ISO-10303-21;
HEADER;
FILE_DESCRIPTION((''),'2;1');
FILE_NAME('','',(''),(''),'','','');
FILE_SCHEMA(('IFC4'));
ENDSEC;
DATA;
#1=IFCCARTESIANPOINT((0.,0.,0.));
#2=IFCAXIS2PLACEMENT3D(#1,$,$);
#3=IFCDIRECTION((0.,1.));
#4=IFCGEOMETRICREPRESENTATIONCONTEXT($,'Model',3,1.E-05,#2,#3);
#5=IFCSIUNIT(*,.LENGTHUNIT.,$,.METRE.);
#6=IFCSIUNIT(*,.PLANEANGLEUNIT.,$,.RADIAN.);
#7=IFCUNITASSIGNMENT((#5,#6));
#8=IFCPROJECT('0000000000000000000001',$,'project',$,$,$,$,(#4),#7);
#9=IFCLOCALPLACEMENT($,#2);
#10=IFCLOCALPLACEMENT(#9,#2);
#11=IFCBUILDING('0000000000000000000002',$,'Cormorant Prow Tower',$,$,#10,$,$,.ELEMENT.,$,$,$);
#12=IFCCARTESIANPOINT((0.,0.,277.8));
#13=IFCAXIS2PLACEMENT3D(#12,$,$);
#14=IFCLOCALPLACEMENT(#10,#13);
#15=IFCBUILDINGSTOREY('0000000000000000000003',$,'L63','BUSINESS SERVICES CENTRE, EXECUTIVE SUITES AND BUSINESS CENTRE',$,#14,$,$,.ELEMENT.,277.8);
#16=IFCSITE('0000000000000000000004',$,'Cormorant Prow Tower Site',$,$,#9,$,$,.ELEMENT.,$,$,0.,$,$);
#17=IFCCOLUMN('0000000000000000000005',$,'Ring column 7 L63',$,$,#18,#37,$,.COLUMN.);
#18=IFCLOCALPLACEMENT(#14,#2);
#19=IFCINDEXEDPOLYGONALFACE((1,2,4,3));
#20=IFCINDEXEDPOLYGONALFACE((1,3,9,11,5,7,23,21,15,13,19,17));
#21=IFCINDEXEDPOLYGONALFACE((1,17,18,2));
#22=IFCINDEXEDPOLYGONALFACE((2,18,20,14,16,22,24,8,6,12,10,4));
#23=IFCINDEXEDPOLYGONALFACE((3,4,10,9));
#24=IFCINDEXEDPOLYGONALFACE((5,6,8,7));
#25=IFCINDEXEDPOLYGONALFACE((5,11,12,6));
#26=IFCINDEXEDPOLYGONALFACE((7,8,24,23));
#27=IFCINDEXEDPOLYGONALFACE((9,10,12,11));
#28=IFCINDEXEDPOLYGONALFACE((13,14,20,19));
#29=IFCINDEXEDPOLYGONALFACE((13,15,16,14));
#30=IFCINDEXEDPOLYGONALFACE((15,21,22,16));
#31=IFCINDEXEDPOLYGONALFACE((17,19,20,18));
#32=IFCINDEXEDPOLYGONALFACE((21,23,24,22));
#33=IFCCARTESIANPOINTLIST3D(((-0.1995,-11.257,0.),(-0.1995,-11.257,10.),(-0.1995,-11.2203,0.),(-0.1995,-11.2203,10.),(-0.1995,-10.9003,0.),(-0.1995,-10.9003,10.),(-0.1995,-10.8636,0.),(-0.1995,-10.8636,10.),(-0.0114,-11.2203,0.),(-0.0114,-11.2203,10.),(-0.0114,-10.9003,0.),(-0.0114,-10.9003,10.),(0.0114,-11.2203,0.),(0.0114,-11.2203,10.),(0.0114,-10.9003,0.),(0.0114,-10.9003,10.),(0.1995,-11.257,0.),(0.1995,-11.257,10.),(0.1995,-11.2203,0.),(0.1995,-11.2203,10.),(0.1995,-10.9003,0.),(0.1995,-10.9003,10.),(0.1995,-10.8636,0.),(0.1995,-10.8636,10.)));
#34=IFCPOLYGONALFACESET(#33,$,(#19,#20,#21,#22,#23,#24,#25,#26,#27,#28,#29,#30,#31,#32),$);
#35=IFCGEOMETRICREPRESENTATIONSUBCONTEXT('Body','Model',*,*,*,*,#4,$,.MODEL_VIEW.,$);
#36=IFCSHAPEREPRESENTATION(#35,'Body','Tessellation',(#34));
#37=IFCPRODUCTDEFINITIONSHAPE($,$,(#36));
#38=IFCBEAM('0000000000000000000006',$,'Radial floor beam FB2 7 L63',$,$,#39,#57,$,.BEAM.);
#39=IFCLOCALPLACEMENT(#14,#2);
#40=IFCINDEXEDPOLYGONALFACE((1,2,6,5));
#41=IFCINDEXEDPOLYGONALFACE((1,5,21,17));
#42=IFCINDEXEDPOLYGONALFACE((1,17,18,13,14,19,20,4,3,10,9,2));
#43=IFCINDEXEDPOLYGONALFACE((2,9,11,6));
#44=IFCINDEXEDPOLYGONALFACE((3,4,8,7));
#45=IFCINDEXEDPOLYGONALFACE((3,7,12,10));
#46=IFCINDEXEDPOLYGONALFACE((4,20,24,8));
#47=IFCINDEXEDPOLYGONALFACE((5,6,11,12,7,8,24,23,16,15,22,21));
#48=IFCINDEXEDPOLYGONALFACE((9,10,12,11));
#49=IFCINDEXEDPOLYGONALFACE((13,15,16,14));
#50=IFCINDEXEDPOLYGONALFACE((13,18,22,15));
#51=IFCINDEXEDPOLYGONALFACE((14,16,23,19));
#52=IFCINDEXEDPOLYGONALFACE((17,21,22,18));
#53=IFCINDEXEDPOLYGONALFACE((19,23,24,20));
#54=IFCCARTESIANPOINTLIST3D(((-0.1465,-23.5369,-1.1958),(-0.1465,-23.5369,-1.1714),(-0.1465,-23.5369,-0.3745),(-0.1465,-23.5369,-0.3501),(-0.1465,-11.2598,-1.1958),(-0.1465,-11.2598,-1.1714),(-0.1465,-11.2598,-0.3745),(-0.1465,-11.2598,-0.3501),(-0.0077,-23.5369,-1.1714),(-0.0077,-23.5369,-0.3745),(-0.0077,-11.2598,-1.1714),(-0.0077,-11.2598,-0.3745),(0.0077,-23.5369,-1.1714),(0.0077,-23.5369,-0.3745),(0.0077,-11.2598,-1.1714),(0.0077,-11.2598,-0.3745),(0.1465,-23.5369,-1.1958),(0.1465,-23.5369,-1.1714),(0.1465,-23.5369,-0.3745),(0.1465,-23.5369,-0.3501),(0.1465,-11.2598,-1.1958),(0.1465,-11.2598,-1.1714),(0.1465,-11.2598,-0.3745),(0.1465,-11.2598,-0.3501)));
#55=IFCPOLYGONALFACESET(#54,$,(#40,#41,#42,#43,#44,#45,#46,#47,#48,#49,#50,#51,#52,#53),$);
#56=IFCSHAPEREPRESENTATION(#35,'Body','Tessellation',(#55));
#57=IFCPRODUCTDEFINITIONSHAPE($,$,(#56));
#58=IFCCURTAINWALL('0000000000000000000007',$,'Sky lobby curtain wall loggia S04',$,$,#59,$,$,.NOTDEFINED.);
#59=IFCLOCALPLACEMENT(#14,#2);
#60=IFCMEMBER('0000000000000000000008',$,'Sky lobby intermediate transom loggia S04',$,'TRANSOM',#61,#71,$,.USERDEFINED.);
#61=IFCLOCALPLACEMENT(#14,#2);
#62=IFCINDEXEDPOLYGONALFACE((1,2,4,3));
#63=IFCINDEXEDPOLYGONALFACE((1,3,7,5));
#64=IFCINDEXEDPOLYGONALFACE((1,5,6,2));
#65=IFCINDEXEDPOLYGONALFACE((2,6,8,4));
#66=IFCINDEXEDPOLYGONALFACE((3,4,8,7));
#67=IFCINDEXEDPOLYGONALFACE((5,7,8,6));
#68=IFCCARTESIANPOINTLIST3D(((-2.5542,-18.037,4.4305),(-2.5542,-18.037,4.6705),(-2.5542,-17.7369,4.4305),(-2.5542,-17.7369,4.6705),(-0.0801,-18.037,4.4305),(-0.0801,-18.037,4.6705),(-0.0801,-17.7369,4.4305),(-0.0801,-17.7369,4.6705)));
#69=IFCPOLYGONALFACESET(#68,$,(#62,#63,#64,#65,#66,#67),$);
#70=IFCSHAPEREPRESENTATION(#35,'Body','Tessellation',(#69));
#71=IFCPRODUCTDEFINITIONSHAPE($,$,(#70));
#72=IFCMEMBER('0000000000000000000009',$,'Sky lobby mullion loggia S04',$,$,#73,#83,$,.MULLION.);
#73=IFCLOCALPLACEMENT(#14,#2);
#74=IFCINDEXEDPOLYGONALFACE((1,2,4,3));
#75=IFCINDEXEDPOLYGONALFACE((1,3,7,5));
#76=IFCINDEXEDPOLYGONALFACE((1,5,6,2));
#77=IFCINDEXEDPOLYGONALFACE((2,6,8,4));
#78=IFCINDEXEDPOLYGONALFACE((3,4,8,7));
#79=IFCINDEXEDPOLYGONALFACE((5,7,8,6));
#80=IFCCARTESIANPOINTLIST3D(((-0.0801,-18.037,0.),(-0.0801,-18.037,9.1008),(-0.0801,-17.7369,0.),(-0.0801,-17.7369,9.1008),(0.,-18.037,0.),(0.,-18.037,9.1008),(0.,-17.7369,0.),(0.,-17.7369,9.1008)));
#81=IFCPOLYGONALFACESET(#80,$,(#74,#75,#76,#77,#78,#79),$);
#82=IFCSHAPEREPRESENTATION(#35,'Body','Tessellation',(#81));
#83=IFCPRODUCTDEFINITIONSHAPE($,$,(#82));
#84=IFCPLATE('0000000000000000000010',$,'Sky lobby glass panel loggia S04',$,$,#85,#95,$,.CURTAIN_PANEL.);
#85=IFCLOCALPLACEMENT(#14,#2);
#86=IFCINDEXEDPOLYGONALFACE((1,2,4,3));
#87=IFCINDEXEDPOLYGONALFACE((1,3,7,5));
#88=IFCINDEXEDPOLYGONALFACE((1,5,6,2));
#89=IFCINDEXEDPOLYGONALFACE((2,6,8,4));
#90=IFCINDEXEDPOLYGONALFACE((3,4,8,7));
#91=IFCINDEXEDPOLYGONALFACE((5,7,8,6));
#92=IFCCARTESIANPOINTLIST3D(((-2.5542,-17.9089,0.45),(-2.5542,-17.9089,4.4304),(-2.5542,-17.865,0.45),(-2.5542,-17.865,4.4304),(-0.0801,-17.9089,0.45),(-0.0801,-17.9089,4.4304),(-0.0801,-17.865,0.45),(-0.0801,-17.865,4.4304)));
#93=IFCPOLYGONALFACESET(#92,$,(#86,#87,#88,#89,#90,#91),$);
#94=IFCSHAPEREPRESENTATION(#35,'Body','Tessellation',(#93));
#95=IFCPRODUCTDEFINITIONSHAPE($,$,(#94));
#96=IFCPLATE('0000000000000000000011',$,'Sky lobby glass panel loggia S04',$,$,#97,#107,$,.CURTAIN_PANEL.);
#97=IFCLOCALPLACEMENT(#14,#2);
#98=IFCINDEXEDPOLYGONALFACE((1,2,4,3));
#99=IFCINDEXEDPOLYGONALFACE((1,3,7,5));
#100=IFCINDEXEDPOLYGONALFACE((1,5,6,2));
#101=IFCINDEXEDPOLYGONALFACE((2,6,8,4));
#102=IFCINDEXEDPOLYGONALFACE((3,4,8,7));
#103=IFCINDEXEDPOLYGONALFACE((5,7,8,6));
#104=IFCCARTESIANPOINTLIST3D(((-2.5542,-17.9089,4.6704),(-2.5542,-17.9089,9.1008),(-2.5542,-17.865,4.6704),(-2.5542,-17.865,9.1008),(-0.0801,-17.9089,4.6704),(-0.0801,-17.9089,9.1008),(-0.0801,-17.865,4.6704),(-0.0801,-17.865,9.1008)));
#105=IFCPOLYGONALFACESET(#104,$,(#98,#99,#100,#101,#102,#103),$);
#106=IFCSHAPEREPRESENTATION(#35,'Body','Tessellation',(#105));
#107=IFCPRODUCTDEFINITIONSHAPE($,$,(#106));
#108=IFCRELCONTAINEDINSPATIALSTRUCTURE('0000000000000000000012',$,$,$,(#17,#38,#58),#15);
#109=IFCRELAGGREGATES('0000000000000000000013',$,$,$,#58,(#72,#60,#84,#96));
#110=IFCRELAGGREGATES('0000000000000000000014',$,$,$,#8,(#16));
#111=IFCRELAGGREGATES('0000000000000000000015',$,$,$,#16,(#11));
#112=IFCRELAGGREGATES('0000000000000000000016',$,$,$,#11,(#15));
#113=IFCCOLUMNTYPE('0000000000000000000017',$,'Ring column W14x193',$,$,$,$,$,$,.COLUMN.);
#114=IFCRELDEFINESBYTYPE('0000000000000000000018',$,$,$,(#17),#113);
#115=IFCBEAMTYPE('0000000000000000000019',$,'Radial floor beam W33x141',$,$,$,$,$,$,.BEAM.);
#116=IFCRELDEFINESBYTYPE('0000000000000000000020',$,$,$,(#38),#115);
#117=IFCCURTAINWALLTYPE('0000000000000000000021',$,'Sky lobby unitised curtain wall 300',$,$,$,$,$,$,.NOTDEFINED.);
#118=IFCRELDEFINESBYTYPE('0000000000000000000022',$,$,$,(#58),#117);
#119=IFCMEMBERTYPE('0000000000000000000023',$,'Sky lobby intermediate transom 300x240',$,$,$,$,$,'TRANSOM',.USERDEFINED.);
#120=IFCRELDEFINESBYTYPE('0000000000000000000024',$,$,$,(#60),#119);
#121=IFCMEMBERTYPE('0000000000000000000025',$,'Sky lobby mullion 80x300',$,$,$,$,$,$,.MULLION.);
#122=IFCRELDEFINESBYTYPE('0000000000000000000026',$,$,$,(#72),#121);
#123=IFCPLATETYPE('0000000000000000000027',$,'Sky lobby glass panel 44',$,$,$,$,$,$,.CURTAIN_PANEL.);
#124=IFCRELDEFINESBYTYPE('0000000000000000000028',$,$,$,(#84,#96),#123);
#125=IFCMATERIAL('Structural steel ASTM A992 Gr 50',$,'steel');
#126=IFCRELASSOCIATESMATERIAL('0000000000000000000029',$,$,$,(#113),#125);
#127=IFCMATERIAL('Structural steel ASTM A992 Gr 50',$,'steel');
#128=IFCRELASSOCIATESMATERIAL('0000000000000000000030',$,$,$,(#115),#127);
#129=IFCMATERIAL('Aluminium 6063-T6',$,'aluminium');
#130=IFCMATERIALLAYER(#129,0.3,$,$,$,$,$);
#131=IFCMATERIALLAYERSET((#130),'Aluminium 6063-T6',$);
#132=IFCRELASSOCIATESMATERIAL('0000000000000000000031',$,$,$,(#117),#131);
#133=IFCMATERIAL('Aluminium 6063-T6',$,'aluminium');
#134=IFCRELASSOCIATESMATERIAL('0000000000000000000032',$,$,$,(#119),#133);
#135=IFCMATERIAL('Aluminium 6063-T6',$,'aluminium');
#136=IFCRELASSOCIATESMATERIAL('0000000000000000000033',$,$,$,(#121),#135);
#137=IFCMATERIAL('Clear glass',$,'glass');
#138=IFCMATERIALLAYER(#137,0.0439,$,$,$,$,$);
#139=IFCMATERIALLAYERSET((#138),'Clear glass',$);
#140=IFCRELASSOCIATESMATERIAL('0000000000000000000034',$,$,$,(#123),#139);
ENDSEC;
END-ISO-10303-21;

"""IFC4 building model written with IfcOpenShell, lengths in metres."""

from ifc_helpers import new_model, si_unit, direction, frame, origin, origin_2d, place, context, subcontext, project, spatial, rectangle, i_section, extrude, material, layer, layer_set, material_profile, profile_set, type_object, element, aggregate, save


model = new_model("IFC4")

# Units and contexts
model_context = context("Model", 3, precision=1e-05, world=origin(), true_north=direction((0.0, 1.0)))
body_context = subcontext(model_context, "Body", "Model", "MODEL_VIEW")
ifc_project = project(units=[si_unit("LENGTHUNIT", "METRE"), si_unit("PLANEANGLEUNIT", "RADIAN")], contexts=[model_context])

# Site, building, storey
site_placement = place(None, origin())
site = spatial("IfcSite", under=ifc_project, at=site_placement, Name="Cormorant Prow Tower Site", CompositionType="ELEMENT", RefElevation=0.0)
building_placement = place(site_placement, origin())
building = spatial("IfcBuilding", under=site, at=building_placement, Name="Cormorant Prow Tower", CompositionType="ELEMENT")
storey_placement = place(building_placement, frame((0.0, 0.0, 277.8)))
storey = spatial("IfcBuildingStorey", under=building, at=storey_placement, Name="L63", Description="BUSINESS SERVICES CENTRE, EXECUTIVE SUITES AND BUSINESS CENTRE", CompositionType="ELEMENT", Elevation=277.8)

# Column
ifc_material_1 = material(Name="Structural steel ASTM A992 Gr 50", Category="steel")
ifc_material_profile_1 = material_profile(ifc_material_1, i_section(OverallWidth=0.3989, OverallDepth=0.3933, WebThickness=0.0227, FlangeThickness=0.0366, at=origin_2d()), Name="W14x193")
ifc_profile_set_1 = profile_set([ifc_material_profile_1], Name="Structural steel ASTM A992 Gr 50")
column_type = type_object("IfcColumnType", Name="Ring column W14x193", PredefinedType="COLUMN", material=ifc_profile_set_1)
column_placement = place(storey_placement, frame((0.0, -11.0603, 0.0), z_axis=(0.0, 0.0, 1.0), x_axis=(1.0, 0.0, 0.0)))
element("IfcColumn", 1, at=column_placement, inside=storey, type_object=column_type, Name="Ring column 7 L63", PredefinedType="COLUMN", context=body_context, shape_type="SweptSolid", body=[
    extrude(i_section(OverallWidth=0.3989, OverallDepth=0.3933, WebThickness=0.0227, FlangeThickness=0.0366, at=origin_2d()), origin(), (0.0, 0.0, 1.0), 10.0),
])

# Beam
ifc_material_2 = material(Name="Structural steel ASTM A992 Gr 50", Category="steel")
ifc_material_profile_2 = material_profile(ifc_material_2, i_section(OverallWidth=0.293, OverallDepth=0.8457, WebThickness=0.0154, FlangeThickness=0.0244, at=origin_2d()), Name="W33x141")
ifc_profile_set_2 = profile_set([ifc_material_profile_2], Name="Structural steel ASTM A992 Gr 50")
beam_type = type_object("IfcBeamType", Name="Radial floor beam W33x141", PredefinedType="BEAM", material=ifc_profile_set_2)
beam_placement = place(storey_placement, frame((0.0, -11.2598, -0.7729), z_axis=(0.0, -1.0, 0.0), x_axis=(1.0, 0.0, 0.0)))
element("IfcBeam", 2, at=beam_placement, inside=storey, type_object=beam_type, Name="Radial floor beam FB2 7 L63", PredefinedType="BEAM", context=body_context, shape_type="SweptSolid", body=[
    extrude(i_section(OverallWidth=0.293, OverallDepth=0.8457, WebThickness=0.0154, FlangeThickness=0.0244, at=origin_2d()), origin(), (0.0, 0.0, 1.0), 12.2771),
])

# Curtain wall, members, plates
ifc_material_3 = material(Name="Aluminium 6063-T6", Category="aluminium")
ifc_layer_1 = layer(ifc_material_3, 0.3)
ifc_layer_set_1 = layer_set([ifc_layer_1], Name="Aluminium 6063-T6")
curtain_wall_type = type_object("IfcCurtainWallType", Name="Sky lobby unitised curtain wall 300", PredefinedType="NOTDEFINED", material=ifc_layer_set_1)
curtain_wall_placement = place(storey_placement, origin())
curtain_wall = element("IfcCurtainWall", 3, at=curtain_wall_placement, inside=storey, type_object=curtain_wall_type, Name="Sky lobby curtain wall loggia S04", PredefinedType="NOTDEFINED")
ifc_material_4 = material(Name="Aluminium 6063-T6", Category="aluminium")
ifc_material_profile_3 = material_profile(ifc_material_4, rectangle(XDim=0.3, YDim=0.24, at=origin_2d()), Name="Sky lobby intermediate transom 300x240")
ifc_profile_set_3 = profile_set([ifc_material_profile_3], Name="Aluminium 6063-T6")
member_type_1 = type_object("IfcMemberType", Name="Sky lobby intermediate transom 300x240", ElementType="TRANSOM", PredefinedType="USERDEFINED", material=ifc_profile_set_3)
member_1_placement = place(storey_placement, frame((-2.5542, -17.887, 4.5505), z_axis=(1.0, 0.0, 0.0), x_axis=(0.0, 1.0, 0.0)))
member_1 = element("IfcMember", 4, at=member_1_placement, type_object=member_type_1, Name="Sky lobby intermediate transom loggia S04", ObjectType="TRANSOM", PredefinedType="USERDEFINED", context=body_context, shape_type="SweptSolid", body=[
    extrude(rectangle(XDim=0.3, YDim=0.24, at=origin_2d()), origin(), (0.0, 0.0, 1.0), 2.4741),
])
ifc_material_5 = material(Name="Aluminium 6063-T6", Category="aluminium")
ifc_material_profile_4 = material_profile(ifc_material_5, rectangle(XDim=0.3, YDim=0.0801, at=origin_2d()), Name="Sky lobby mullion 80x300")
ifc_profile_set_4 = profile_set([ifc_material_profile_4], Name="Aluminium 6063-T6")
member_type_2 = type_object("IfcMemberType", Name="Sky lobby mullion 80x300", PredefinedType="MULLION", material=ifc_profile_set_4)
member_2_placement = place(storey_placement, frame((-0.04, -17.887, 0.0), z_axis=(0.0, 0.0, 1.0), x_axis=(0.0, 1.0, 0.0)))
member_2 = element("IfcMember", 5, at=member_2_placement, type_object=member_type_2, Name="Sky lobby mullion loggia S04", PredefinedType="MULLION", context=body_context, shape_type="SweptSolid", body=[
    extrude(rectangle(XDim=0.3, YDim=0.0801, at=origin_2d()), origin(), (0.0, 0.0, 1.0), 9.1008),
])
ifc_material_6 = material(Name="Clear glass", Category="glass")
ifc_layer_2 = layer(ifc_material_6, 0.0439)
ifc_layer_set_2 = layer_set([ifc_layer_2], Name="Clear glass")
plate_type = type_object("IfcPlateType", Name="Sky lobby glass panel 44", PredefinedType="CURTAIN_PANEL", material=ifc_layer_set_2)
plate_1_placement = place(storey_placement, frame((-1.3171, -17.887, 0.45), z_axis=(0.0, 0.0, 1.0), x_axis=(1.0, 0.0, 0.0)))
plate_1 = element("IfcPlate", 6, at=plate_1_placement, type_object=plate_type, Name="Sky lobby glass panel loggia S04", PredefinedType="CURTAIN_PANEL", context=body_context, shape_type="SweptSolid", body=[
    extrude(rectangle(XDim=2.4741, YDim=0.0439, at=origin_2d()), origin(), (0.0, 0.0, 1.0), 3.9805),
])
plate_2_placement = place(storey_placement, frame((-1.3171, -17.887, 4.6704), z_axis=(0.0, 0.0, 1.0), x_axis=(1.0, 0.0, 0.0)))
plate_2 = element("IfcPlate", 7, at=plate_2_placement, type_object=plate_type, Name="Sky lobby glass panel loggia S04", PredefinedType="CURTAIN_PANEL", context=body_context, shape_type="SweptSolid", body=[
    extrude(rectangle(XDim=2.4741, YDim=0.0439, at=origin_2d()), origin(), (0.0, 0.0, 1.0), 4.4304),
])
aggregate(curtain_wall, [member_2, member_1, plate_1, plate_2])

save(model, "model.ifc")
